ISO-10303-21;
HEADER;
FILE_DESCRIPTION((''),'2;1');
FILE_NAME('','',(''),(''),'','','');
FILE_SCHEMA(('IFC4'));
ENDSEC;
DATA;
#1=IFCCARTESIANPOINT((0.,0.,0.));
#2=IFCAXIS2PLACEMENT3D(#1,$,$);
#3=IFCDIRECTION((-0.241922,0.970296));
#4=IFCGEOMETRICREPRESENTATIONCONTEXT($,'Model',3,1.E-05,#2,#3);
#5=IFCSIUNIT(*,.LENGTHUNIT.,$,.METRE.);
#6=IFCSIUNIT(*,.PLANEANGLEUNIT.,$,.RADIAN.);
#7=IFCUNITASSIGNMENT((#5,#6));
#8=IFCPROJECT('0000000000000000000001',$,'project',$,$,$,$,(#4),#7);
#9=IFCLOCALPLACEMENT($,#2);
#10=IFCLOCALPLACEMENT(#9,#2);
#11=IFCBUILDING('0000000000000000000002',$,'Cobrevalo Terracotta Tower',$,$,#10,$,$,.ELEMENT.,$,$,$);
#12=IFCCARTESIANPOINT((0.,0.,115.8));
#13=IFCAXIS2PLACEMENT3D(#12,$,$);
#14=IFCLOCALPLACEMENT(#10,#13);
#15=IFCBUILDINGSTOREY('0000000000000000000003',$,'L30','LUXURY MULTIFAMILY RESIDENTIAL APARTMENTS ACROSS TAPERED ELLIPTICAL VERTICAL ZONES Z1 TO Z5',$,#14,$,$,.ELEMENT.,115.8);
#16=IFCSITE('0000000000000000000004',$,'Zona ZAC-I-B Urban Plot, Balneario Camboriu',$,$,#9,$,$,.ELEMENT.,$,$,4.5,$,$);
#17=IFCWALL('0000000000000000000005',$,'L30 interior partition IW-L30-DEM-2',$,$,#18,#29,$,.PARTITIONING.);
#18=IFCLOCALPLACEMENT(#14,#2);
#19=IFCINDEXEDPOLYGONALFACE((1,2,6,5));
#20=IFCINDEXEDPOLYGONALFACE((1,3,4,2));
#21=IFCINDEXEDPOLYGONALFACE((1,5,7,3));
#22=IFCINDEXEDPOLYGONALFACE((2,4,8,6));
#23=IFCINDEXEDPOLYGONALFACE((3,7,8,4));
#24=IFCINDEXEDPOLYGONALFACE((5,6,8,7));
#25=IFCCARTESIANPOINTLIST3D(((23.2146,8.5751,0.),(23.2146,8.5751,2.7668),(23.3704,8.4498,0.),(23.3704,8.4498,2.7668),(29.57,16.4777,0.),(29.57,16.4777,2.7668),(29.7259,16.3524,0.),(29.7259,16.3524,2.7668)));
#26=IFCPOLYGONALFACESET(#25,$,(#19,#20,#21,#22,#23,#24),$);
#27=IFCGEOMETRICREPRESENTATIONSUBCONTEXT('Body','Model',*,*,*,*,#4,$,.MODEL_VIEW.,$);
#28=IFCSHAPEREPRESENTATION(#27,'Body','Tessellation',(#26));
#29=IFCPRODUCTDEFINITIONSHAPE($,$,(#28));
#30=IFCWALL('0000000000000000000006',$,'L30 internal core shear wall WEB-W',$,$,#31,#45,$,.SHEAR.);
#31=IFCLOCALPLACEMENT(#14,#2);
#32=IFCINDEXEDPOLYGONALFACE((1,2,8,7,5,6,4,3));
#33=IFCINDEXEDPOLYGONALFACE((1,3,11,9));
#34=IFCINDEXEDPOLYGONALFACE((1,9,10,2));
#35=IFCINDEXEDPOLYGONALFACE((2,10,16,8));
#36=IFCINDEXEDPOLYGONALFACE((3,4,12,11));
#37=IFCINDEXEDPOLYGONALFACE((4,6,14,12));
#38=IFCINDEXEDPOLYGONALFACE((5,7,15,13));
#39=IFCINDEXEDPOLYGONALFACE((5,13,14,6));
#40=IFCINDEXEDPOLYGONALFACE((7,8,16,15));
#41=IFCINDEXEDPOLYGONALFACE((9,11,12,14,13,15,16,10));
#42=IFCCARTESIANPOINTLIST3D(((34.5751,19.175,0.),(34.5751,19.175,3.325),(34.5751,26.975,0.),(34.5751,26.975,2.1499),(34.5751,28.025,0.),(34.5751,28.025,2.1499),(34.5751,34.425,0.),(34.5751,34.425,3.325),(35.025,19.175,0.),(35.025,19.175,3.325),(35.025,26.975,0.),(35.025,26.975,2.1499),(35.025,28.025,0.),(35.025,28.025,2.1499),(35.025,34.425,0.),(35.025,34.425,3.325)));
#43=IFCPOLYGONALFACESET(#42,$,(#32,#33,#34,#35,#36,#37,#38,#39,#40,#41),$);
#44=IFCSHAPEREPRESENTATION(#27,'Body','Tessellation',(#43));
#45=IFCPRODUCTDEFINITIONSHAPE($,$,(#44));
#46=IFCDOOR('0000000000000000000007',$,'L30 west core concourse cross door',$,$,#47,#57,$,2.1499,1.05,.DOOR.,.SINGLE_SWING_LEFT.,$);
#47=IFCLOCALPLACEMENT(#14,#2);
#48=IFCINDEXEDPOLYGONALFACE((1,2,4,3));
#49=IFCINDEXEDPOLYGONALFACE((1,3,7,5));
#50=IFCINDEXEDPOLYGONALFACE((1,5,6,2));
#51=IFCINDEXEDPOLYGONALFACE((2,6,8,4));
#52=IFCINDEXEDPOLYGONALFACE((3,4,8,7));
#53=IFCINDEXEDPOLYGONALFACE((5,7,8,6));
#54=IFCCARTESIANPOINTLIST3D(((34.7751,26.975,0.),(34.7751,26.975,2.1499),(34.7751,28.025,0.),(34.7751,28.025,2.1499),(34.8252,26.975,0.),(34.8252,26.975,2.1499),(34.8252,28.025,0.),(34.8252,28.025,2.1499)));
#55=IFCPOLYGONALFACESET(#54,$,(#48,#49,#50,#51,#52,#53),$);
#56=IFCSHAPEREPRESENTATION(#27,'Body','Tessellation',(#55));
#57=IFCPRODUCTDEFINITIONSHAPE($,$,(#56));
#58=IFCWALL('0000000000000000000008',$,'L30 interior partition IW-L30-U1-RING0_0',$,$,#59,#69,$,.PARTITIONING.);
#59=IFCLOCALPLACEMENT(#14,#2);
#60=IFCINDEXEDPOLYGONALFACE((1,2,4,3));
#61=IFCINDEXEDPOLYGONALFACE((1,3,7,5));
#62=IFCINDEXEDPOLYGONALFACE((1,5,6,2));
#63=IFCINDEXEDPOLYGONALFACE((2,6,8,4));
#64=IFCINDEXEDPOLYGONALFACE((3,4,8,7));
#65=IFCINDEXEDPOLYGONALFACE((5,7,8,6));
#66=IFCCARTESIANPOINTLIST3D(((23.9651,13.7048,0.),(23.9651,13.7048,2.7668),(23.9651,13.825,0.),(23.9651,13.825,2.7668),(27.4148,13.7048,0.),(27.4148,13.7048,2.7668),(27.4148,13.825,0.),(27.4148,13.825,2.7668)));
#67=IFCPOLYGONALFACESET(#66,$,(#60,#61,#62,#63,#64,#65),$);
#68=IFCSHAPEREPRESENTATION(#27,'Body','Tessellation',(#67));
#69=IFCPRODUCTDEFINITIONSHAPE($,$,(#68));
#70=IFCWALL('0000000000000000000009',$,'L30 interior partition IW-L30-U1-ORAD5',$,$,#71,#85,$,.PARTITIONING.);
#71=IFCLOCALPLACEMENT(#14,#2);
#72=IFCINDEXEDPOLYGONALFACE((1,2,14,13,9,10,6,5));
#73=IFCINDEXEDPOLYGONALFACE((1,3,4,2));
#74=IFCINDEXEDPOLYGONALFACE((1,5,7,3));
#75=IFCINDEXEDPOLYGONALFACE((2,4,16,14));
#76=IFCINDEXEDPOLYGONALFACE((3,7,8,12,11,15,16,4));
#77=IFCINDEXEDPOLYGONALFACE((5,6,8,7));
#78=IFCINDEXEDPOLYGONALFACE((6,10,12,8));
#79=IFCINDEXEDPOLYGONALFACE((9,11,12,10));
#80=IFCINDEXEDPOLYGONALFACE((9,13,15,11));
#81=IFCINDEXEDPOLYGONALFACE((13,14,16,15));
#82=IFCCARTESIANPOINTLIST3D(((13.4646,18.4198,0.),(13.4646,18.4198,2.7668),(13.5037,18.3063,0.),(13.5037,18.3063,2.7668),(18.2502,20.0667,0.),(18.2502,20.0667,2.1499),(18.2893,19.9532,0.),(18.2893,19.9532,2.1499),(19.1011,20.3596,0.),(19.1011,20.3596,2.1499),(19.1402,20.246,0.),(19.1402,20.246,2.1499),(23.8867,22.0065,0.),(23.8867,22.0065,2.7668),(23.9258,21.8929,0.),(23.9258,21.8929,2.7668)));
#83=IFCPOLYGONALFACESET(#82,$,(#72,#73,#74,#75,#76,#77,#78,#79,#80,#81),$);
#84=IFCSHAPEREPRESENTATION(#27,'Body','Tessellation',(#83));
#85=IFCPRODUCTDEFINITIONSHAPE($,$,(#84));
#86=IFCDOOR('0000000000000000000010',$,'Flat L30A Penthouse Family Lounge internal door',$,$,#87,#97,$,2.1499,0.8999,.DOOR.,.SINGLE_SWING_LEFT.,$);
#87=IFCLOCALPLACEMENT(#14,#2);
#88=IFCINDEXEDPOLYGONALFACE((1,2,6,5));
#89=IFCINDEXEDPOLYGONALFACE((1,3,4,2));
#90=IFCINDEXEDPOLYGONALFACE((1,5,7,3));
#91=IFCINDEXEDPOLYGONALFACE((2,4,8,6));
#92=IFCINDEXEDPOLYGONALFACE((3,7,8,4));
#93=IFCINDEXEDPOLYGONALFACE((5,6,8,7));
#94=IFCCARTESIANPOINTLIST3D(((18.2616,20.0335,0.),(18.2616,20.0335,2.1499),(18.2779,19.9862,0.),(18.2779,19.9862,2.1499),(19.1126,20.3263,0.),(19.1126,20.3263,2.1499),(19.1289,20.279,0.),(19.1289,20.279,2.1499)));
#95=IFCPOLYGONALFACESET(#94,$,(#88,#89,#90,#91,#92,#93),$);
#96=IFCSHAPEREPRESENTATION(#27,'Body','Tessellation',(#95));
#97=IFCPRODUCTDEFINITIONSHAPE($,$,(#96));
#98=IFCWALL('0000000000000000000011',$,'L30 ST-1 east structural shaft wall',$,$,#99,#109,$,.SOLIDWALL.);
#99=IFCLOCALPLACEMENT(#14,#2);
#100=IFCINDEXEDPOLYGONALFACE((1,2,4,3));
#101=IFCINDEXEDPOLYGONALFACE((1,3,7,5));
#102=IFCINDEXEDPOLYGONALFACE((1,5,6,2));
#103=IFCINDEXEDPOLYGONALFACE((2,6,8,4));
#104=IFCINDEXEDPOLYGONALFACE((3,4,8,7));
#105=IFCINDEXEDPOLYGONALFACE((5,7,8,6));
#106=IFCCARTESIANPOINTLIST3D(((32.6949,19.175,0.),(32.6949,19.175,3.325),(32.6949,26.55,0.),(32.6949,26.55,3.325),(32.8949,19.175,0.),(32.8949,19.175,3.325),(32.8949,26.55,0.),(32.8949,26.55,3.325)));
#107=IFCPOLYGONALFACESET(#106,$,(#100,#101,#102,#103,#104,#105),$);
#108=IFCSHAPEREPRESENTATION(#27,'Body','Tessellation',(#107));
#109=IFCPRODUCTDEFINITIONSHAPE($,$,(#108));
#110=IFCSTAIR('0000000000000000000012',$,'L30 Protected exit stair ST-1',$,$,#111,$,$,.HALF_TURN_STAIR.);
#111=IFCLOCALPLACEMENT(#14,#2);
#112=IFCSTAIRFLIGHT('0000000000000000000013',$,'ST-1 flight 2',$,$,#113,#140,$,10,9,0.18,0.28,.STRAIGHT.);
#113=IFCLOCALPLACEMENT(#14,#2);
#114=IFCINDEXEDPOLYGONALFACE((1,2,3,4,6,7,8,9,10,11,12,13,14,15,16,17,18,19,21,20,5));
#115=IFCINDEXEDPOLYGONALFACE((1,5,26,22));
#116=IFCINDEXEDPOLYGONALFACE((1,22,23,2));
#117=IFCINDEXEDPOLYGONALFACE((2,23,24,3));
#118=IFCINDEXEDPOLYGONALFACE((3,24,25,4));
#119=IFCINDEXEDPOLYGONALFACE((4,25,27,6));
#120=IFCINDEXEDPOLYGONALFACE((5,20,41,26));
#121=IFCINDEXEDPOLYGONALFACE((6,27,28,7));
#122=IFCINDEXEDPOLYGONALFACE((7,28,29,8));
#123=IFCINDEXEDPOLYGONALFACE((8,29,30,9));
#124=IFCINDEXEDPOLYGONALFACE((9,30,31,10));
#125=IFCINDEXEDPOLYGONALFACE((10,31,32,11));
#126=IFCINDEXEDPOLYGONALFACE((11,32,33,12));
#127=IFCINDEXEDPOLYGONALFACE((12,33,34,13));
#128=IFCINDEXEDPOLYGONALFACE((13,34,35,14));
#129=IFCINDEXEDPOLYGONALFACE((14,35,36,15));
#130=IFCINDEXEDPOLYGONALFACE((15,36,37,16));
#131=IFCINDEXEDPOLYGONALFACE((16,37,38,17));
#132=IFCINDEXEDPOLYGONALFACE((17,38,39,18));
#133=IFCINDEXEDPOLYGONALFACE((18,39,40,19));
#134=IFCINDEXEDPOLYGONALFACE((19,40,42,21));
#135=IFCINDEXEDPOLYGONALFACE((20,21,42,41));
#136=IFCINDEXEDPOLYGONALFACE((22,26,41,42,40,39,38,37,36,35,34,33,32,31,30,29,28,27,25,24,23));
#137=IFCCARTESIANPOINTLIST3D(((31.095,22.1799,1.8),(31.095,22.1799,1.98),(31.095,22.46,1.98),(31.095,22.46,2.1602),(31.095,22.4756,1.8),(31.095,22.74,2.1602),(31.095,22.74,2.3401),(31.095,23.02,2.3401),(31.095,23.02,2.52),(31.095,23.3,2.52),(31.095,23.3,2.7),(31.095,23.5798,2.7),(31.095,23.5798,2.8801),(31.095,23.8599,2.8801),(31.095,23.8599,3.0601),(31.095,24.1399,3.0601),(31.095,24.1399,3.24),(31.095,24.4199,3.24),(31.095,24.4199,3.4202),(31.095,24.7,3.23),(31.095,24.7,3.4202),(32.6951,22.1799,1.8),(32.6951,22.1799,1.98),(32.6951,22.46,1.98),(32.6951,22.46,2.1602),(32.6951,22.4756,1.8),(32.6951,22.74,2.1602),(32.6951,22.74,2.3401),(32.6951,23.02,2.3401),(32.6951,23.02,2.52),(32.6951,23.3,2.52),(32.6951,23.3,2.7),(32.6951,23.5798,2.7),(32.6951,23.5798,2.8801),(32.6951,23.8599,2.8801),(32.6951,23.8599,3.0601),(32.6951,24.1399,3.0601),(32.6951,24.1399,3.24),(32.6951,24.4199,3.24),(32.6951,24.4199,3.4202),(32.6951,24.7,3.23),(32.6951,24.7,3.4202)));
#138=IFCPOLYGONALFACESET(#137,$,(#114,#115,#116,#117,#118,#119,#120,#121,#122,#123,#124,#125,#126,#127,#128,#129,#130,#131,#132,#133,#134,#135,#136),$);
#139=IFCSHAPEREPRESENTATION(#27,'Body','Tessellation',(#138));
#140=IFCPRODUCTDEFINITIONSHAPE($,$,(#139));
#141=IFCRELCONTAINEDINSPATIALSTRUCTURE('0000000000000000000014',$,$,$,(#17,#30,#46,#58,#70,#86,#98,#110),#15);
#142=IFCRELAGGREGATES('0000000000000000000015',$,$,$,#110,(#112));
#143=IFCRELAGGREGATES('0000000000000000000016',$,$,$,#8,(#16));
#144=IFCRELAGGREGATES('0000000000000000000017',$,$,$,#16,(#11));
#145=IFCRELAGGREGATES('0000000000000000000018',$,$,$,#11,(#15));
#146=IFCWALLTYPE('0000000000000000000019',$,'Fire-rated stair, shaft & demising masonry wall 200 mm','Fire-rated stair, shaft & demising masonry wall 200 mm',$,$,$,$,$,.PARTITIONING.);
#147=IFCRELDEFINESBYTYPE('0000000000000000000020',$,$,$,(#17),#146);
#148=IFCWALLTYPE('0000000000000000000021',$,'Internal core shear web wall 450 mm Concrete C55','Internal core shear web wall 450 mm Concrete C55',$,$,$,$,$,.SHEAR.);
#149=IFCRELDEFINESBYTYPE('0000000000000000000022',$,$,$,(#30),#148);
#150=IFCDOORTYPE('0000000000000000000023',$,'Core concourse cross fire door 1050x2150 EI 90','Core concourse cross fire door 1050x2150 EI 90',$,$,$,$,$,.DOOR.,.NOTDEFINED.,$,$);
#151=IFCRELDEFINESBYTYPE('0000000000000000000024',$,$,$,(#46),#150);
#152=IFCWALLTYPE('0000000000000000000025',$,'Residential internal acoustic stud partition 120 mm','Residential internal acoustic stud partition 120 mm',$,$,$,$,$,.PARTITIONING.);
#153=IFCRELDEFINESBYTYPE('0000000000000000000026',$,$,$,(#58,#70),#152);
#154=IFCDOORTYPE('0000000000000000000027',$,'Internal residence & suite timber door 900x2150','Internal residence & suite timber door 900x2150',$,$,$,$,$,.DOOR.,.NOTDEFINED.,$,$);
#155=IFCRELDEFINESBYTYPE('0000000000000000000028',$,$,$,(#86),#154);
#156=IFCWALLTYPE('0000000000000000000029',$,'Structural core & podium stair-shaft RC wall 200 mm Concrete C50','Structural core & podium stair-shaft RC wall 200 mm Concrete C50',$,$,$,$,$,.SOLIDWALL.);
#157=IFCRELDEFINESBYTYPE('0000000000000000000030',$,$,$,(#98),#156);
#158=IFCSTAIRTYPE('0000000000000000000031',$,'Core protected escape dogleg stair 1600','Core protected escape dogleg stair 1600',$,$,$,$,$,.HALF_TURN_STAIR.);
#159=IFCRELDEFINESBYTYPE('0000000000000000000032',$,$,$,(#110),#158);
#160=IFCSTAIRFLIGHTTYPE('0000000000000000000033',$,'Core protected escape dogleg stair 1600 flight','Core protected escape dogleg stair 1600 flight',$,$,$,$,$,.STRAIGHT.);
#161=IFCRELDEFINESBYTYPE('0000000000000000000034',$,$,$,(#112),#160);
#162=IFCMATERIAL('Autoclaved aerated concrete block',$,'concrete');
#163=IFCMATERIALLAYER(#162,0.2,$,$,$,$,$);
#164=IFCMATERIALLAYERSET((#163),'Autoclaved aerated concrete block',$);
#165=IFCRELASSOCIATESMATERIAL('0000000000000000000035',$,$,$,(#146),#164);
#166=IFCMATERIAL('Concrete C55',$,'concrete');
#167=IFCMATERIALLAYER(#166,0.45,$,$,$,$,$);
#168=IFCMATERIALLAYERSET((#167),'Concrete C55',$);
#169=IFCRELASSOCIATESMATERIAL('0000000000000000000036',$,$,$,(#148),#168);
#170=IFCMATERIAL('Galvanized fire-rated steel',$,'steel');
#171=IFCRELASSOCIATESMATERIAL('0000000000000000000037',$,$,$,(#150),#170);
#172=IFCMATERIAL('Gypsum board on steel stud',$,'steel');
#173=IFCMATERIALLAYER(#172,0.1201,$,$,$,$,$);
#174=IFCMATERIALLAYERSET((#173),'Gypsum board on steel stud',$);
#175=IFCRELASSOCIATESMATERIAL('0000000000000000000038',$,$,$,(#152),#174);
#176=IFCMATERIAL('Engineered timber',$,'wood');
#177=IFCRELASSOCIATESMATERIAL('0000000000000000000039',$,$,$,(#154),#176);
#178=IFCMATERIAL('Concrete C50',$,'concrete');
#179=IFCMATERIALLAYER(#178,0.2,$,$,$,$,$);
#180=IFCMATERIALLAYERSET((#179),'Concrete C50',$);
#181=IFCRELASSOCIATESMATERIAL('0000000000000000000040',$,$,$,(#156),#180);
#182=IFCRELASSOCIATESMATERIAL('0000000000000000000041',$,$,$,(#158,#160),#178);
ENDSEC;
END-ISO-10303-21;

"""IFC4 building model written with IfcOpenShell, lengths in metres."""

from ifc_helpers import new_model, si_unit, direction, frame, frame_2d, origin, place, context, subcontext, project, spatial, polyline, rectangle, outline, extrude, source, transform, mapped, material, layer, layer_set, type_object, element, fill, aggregate, save


model = new_model("IFC4")

# Units and contexts
model_context = context("Model", 3, precision=1e-05, world=origin(), true_north=direction((-0.241922, 0.970296)))
body_context = subcontext(model_context, "Body", "Model", "MODEL_VIEW")
ifc_project = project(units=[si_unit("LENGTHUNIT", "METRE"), si_unit("PLANEANGLEUNIT", "RADIAN")], contexts=[model_context])

# Site, building, storey
site_placement = place(None, origin())
site = spatial("IfcSite", under=ifc_project, at=site_placement, Name="Zona ZAC-I-B Urban Plot, Balneario Camboriu", CompositionType="ELEMENT", RefElevation=4.5)
building_placement = place(site_placement, origin())
building = spatial("IfcBuilding", under=site, at=building_placement, Name="Cobrevalo Terracotta Tower", CompositionType="ELEMENT")
storey_placement = place(building_placement, frame((0.0, 0.0, 115.8)))
storey = spatial("IfcBuildingStorey", under=building, at=storey_placement, Name="L30", Description="LUXURY MULTIFAMILY RESIDENTIAL APARTMENTS ACROSS TAPERED ELLIPTICAL VERTICAL ZONES Z1 TO Z5", CompositionType="ELEMENT", Elevation=115.8)

# Shared definitions
ifc_material_1 = material(Name="Concrete C55", Category="concrete")

# Shared definitions
ifc_material_2 = material(Name="Galvanized fire-rated steel", Category="steel")

# Shared definitions
ifc_material_3 = material(Name="Gypsum board on steel stud", Category="steel")

# Wall
ifc_material_4 = material(Name="Autoclaved aerated concrete block", Category="concrete")
ifc_layer_1 = layer(ifc_material_4, 0.2)
ifc_layer_set_1 = layer_set([ifc_layer_1], Name="Autoclaved aerated concrete block")
wall_type_1 = type_object("IfcWallType", Name="Fire-rated stair, shaft & demising masonry wall 200 mm", Description="Fire-rated stair, shaft & demising masonry wall 200 mm", PredefinedType="PARTITIONING", material=ifc_layer_set_1)
wall_1_placement = place(storey_placement, frame((29.6479, 16.415, 0.0), z_axis=(0.0, 0.0, 1.0), x_axis=(-0.626701, -0.77926, 0.0)))
element("IfcWall", 1, at=wall_1_placement, inside=storey, type_object=wall_type_1, Name="L30 interior partition IW-L30-DEM-2", PredefinedType="PARTITIONING", context=body_context, shape_type="SweptSolid", body=[
    extrude(rectangle(XDim=10.1411, YDim=0.2, at=frame_2d((5.0706, 0.0))), origin(), (0.0, 0.0, 1.0), 2.7668),
])

# Wall, opening, door
ifc_layer_2 = layer(ifc_material_1, 0.45)
ifc_layer_set_2 = layer_set([ifc_layer_2], Name="Concrete C55")
wall_type_2 = type_object("IfcWallType", Name="Internal core shear web wall 450 mm Concrete C55", Description="Internal core shear web wall 450 mm Concrete C55", PredefinedType="SHEAR", material=ifc_layer_set_2)
wall_2_placement = place(storey_placement, frame((34.8, 19.175, 0.0), z_axis=(0.0, 0.0, 1.0), x_axis=(0.0, 1.0, 0.0)))
wall_2 = element("IfcWall", 2, at=wall_2_placement, inside=storey, type_object=wall_type_2, Name="L30 internal core shear wall WEB-W", PredefinedType="SHEAR", context=body_context, shape_type="SweptSolid", body=[
    extrude(rectangle(XDim=15.25, YDim=0.45, at=frame_2d((7.625, 0.0))), origin(), (0.0, 0.0, 1.0), 3.325),
])
opening_1_placement = place(wall_2_placement, frame((7.8, 0.0, 0.0)))
opening_1 = element("IfcOpeningElement", 3, at=opening_1_placement, cuts=wall_2, PredefinedType="OPENING", context=body_context, shape_type="SweptSolid", body=[
    extrude(rectangle(XDim=1.05, YDim=2.1499, at=frame_2d((0.5249, 1.075))), frame((0.0, 0.2349, 0.0), z_axis=(0.0, -1.0, 0.0), x_axis=(1.0, 0.0, 0.0)), (0.0, 0.0, 1.0), 0.47),
])
door_type_1 = type_object("IfcDoorType", Name="Core concourse cross fire door 1050x2150 EI 90", Description="Core concourse cross fire door 1050x2150 EI 90", OperationType="NOTDEFINED", PredefinedType="DOOR", material=ifc_material_2)
shared_shape_1 = source(origin(), body_context, "Body", "SweptSolid", [
    extrude(rectangle(XDim=1.05, YDim=2.1499, at=frame_2d((0.5249, 1.075))), frame((0.0, 0.0249, 0.0), z_axis=(0.0, -1.0, 0.0), x_axis=(1.0, 0.0, 0.0)), (0.0, 0.0, 1.0), 0.05),
])
door_1_placement = place(opening_1_placement, origin())
door_1 = element("IfcDoor", 4, at=door_1_placement, inside=storey, type_object=door_type_1, Name="L30 west core concourse cross door", OperationType="SINGLE_SWING_LEFT", OverallHeight=2.1499, OverallWidth=1.05, PredefinedType="DOOR", context=body_context, shape_type="MappedRepresentation", body=[
    mapped(shared_shape_1, transform((0.0, 0.0, 0.0), scale=1.0)),
])
fill(opening_1, door_1)

# Wall
ifc_layer_3 = layer(ifc_material_3, 0.1201)
ifc_layer_set_3 = layer_set([ifc_layer_3], Name="Gypsum board on steel stud")
wall_type_3 = type_object("IfcWallType", Name="Residential internal acoustic stud partition 120 mm", Description="Residential internal acoustic stud partition 120 mm", PredefinedType="PARTITIONING", material=ifc_layer_set_3)
wall_3_placement = place(storey_placement, frame((27.4148, 13.7649, 0.0), z_axis=(0.0, 0.0, 1.0), x_axis=(-1.0, 0.0, 0.0)))
element("IfcWall", 5, at=wall_3_placement, inside=storey, type_object=wall_type_3, Name="L30 interior partition IW-L30-U1-RING0_0", PredefinedType="PARTITIONING", context=body_context, shape_type="SweptSolid", body=[
    extrude(rectangle(XDim=3.4497, YDim=0.1201, at=frame_2d((1.7249, 0.0))), origin(), (0.0, 0.0, 1.0), 2.7668),
])

# Wall, opening, door
wall_4_placement = place(storey_placement, frame((23.9062, 21.9497, 0.0), z_axis=(0.0, 0.0, 1.0), x_axis=(-0.945573, -0.32541, 0.0)))
wall_4 = element("IfcWall", 6, at=wall_4_placement, inside=storey, type_object=wall_type_3, Name="L30 interior partition IW-L30-U1-ORAD5", PredefinedType="PARTITIONING", context=body_context, shape_type="SweptSolid", body=[
    extrude(rectangle(XDim=11.022, YDim=0.1201, at=frame_2d((5.511, 0.0))), origin(), (0.0, 0.0, 1.0), 2.7668),
])
opening_2_placement = place(wall_4_placement, frame((5.061, 0.0, 0.0)))
opening_2 = element("IfcOpeningElement", 7, at=opening_2_placement, cuts=wall_4, PredefinedType="OPENING", context=body_context, shape_type="SweptSolid", body=[
    extrude(rectangle(XDim=0.8999, YDim=2.1499, at=frame_2d((0.45, 1.075))), frame((0.0, 0.0701, 0.0), z_axis=(0.0, -1.0, 0.0), x_axis=(1.0, 0.0, 0.0)), (0.0, 0.0, 1.0), 0.1401),
])
ifc_material_5 = material(Name="Engineered timber", Category="wood")
door_type_2 = type_object("IfcDoorType", Name="Internal residence & suite timber door 900x2150", Description="Internal residence & suite timber door 900x2150", OperationType="NOTDEFINED", PredefinedType="DOOR", material=ifc_material_5)
shared_shape_2 = source(origin(), body_context, "Body", "SweptSolid", [
    extrude(rectangle(XDim=0.8999, YDim=2.1499, at=frame_2d((0.45, 1.075))), frame((0.0, 0.0249, 0.0), z_axis=(0.0, -1.0, 0.0), x_axis=(1.0, 0.0, 0.0)), (0.0, 0.0, 1.0), 0.05),
])
door_2_placement = place(opening_2_placement, frame((0.8999, 0.0, 0.0), z_axis=(0.0, 0.0, 1.0), x_axis=(-1.0, 0.0, 0.0)))
door_2 = element("IfcDoor", 8, at=door_2_placement, inside=storey, type_object=door_type_2, Name="Flat L30A Penthouse Family Lounge internal door", OperationType="SINGLE_SWING_LEFT", OverallHeight=2.1499, OverallWidth=0.8999, PredefinedType="DOOR", context=body_context, shape_type="MappedRepresentation", body=[
    mapped(shared_shape_2, transform((0.0, 0.0, 0.0), scale=1.0)),
])
fill(opening_2, door_2)

# Wall
ifc_material_6 = material(Name="Concrete C50", Category="concrete")
ifc_layer_4 = layer(ifc_material_6, 0.2)
ifc_layer_set_4 = layer_set([ifc_layer_4], Name="Concrete C50")
wall_type_4 = type_object("IfcWallType", Name="Structural core & podium stair-shaft RC wall 200 mm Concrete C50", Description="Structural core & podium stair-shaft RC wall 200 mm Concrete C50", PredefinedType="SOLIDWALL", material=ifc_layer_set_4)
wall_5_placement = place(storey_placement, frame((32.7949, 19.175, 0.0), z_axis=(0.0, 0.0, 1.0), x_axis=(0.0, 1.0, 0.0)))
element("IfcWall", 9, at=wall_5_placement, inside=storey, type_object=wall_type_4, Name="L30 ST-1 east structural shaft wall", PredefinedType="SOLIDWALL", context=body_context, shape_type="SweptSolid", body=[
    extrude(rectangle(XDim=7.375, YDim=0.2, at=frame_2d((3.6875, 0.0))), origin(), (0.0, 0.0, 1.0), 3.325),
])

# Stair, stair flight
stair_type = type_object("IfcStairType", Name="Core protected escape dogleg stair 1600", Description="Core protected escape dogleg stair 1600", PredefinedType="HALF_TURN_STAIR", material=ifc_material_6)
stair_placement = place(storey_placement, origin())
stair = element("IfcStair", 10, at=stair_placement, inside=storey, type_object=stair_type, Name="L30 Protected exit stair ST-1", PredefinedType="HALF_TURN_STAIR")
stair_flight_type = type_object("IfcStairFlightType", Name="Core protected escape dogleg stair 1600 flight", Description="Core protected escape dogleg stair 1600 flight", PredefinedType="STRAIGHT", material=ifc_material_6)
stair_flight_placement = place(storey_placement, frame((31.895, 22.1799, 1.8), z_axis=(0.0, 0.0, 1.0), x_axis=(0.0, 1.0, 0.0)))
stair_flight = element("IfcStairFlight", 11, at=stair_flight_placement, type_object=stair_flight_type, Name="ST-1 flight 2", NumberOfRisers=10, NumberOfTreads=9, PredefinedType="STRAIGHT", RiserHeight=0.18, TreadLength=0.28, context=body_context, shape_type="SweptSolid", body=[
    extrude(outline(polyline([(0.0, 0.0), (0.0, 0.1799), (0.28, 0.1799), (0.28, 0.3601), (0.5601, 0.3601), (0.5601, 0.54), (0.8401, 0.54), (0.8401, 0.72), (1.1201, 0.72), (1.1201, 0.8999), (1.3999, 0.8999), (1.3999, 1.0801), (1.6799, 1.0801), (1.6799, 1.26), (1.96, 1.26), (1.96, 1.4399), (2.24, 1.4399), (2.24, 1.6201), (2.52, 1.6201), (2.52, 1.8), (2.52, 1.4299), (0.2957, 0.0), (0.0, 0.0)])), frame((0.0, 0.8, 0.0), z_axis=(0.0, -1.0, 0.0), x_axis=(1.0, 0.0, 0.0)), (0.0, 0.0, 1.0), 1.6001),
])
aggregate(stair, [stair_flight])

save(model, "model.ifc")
